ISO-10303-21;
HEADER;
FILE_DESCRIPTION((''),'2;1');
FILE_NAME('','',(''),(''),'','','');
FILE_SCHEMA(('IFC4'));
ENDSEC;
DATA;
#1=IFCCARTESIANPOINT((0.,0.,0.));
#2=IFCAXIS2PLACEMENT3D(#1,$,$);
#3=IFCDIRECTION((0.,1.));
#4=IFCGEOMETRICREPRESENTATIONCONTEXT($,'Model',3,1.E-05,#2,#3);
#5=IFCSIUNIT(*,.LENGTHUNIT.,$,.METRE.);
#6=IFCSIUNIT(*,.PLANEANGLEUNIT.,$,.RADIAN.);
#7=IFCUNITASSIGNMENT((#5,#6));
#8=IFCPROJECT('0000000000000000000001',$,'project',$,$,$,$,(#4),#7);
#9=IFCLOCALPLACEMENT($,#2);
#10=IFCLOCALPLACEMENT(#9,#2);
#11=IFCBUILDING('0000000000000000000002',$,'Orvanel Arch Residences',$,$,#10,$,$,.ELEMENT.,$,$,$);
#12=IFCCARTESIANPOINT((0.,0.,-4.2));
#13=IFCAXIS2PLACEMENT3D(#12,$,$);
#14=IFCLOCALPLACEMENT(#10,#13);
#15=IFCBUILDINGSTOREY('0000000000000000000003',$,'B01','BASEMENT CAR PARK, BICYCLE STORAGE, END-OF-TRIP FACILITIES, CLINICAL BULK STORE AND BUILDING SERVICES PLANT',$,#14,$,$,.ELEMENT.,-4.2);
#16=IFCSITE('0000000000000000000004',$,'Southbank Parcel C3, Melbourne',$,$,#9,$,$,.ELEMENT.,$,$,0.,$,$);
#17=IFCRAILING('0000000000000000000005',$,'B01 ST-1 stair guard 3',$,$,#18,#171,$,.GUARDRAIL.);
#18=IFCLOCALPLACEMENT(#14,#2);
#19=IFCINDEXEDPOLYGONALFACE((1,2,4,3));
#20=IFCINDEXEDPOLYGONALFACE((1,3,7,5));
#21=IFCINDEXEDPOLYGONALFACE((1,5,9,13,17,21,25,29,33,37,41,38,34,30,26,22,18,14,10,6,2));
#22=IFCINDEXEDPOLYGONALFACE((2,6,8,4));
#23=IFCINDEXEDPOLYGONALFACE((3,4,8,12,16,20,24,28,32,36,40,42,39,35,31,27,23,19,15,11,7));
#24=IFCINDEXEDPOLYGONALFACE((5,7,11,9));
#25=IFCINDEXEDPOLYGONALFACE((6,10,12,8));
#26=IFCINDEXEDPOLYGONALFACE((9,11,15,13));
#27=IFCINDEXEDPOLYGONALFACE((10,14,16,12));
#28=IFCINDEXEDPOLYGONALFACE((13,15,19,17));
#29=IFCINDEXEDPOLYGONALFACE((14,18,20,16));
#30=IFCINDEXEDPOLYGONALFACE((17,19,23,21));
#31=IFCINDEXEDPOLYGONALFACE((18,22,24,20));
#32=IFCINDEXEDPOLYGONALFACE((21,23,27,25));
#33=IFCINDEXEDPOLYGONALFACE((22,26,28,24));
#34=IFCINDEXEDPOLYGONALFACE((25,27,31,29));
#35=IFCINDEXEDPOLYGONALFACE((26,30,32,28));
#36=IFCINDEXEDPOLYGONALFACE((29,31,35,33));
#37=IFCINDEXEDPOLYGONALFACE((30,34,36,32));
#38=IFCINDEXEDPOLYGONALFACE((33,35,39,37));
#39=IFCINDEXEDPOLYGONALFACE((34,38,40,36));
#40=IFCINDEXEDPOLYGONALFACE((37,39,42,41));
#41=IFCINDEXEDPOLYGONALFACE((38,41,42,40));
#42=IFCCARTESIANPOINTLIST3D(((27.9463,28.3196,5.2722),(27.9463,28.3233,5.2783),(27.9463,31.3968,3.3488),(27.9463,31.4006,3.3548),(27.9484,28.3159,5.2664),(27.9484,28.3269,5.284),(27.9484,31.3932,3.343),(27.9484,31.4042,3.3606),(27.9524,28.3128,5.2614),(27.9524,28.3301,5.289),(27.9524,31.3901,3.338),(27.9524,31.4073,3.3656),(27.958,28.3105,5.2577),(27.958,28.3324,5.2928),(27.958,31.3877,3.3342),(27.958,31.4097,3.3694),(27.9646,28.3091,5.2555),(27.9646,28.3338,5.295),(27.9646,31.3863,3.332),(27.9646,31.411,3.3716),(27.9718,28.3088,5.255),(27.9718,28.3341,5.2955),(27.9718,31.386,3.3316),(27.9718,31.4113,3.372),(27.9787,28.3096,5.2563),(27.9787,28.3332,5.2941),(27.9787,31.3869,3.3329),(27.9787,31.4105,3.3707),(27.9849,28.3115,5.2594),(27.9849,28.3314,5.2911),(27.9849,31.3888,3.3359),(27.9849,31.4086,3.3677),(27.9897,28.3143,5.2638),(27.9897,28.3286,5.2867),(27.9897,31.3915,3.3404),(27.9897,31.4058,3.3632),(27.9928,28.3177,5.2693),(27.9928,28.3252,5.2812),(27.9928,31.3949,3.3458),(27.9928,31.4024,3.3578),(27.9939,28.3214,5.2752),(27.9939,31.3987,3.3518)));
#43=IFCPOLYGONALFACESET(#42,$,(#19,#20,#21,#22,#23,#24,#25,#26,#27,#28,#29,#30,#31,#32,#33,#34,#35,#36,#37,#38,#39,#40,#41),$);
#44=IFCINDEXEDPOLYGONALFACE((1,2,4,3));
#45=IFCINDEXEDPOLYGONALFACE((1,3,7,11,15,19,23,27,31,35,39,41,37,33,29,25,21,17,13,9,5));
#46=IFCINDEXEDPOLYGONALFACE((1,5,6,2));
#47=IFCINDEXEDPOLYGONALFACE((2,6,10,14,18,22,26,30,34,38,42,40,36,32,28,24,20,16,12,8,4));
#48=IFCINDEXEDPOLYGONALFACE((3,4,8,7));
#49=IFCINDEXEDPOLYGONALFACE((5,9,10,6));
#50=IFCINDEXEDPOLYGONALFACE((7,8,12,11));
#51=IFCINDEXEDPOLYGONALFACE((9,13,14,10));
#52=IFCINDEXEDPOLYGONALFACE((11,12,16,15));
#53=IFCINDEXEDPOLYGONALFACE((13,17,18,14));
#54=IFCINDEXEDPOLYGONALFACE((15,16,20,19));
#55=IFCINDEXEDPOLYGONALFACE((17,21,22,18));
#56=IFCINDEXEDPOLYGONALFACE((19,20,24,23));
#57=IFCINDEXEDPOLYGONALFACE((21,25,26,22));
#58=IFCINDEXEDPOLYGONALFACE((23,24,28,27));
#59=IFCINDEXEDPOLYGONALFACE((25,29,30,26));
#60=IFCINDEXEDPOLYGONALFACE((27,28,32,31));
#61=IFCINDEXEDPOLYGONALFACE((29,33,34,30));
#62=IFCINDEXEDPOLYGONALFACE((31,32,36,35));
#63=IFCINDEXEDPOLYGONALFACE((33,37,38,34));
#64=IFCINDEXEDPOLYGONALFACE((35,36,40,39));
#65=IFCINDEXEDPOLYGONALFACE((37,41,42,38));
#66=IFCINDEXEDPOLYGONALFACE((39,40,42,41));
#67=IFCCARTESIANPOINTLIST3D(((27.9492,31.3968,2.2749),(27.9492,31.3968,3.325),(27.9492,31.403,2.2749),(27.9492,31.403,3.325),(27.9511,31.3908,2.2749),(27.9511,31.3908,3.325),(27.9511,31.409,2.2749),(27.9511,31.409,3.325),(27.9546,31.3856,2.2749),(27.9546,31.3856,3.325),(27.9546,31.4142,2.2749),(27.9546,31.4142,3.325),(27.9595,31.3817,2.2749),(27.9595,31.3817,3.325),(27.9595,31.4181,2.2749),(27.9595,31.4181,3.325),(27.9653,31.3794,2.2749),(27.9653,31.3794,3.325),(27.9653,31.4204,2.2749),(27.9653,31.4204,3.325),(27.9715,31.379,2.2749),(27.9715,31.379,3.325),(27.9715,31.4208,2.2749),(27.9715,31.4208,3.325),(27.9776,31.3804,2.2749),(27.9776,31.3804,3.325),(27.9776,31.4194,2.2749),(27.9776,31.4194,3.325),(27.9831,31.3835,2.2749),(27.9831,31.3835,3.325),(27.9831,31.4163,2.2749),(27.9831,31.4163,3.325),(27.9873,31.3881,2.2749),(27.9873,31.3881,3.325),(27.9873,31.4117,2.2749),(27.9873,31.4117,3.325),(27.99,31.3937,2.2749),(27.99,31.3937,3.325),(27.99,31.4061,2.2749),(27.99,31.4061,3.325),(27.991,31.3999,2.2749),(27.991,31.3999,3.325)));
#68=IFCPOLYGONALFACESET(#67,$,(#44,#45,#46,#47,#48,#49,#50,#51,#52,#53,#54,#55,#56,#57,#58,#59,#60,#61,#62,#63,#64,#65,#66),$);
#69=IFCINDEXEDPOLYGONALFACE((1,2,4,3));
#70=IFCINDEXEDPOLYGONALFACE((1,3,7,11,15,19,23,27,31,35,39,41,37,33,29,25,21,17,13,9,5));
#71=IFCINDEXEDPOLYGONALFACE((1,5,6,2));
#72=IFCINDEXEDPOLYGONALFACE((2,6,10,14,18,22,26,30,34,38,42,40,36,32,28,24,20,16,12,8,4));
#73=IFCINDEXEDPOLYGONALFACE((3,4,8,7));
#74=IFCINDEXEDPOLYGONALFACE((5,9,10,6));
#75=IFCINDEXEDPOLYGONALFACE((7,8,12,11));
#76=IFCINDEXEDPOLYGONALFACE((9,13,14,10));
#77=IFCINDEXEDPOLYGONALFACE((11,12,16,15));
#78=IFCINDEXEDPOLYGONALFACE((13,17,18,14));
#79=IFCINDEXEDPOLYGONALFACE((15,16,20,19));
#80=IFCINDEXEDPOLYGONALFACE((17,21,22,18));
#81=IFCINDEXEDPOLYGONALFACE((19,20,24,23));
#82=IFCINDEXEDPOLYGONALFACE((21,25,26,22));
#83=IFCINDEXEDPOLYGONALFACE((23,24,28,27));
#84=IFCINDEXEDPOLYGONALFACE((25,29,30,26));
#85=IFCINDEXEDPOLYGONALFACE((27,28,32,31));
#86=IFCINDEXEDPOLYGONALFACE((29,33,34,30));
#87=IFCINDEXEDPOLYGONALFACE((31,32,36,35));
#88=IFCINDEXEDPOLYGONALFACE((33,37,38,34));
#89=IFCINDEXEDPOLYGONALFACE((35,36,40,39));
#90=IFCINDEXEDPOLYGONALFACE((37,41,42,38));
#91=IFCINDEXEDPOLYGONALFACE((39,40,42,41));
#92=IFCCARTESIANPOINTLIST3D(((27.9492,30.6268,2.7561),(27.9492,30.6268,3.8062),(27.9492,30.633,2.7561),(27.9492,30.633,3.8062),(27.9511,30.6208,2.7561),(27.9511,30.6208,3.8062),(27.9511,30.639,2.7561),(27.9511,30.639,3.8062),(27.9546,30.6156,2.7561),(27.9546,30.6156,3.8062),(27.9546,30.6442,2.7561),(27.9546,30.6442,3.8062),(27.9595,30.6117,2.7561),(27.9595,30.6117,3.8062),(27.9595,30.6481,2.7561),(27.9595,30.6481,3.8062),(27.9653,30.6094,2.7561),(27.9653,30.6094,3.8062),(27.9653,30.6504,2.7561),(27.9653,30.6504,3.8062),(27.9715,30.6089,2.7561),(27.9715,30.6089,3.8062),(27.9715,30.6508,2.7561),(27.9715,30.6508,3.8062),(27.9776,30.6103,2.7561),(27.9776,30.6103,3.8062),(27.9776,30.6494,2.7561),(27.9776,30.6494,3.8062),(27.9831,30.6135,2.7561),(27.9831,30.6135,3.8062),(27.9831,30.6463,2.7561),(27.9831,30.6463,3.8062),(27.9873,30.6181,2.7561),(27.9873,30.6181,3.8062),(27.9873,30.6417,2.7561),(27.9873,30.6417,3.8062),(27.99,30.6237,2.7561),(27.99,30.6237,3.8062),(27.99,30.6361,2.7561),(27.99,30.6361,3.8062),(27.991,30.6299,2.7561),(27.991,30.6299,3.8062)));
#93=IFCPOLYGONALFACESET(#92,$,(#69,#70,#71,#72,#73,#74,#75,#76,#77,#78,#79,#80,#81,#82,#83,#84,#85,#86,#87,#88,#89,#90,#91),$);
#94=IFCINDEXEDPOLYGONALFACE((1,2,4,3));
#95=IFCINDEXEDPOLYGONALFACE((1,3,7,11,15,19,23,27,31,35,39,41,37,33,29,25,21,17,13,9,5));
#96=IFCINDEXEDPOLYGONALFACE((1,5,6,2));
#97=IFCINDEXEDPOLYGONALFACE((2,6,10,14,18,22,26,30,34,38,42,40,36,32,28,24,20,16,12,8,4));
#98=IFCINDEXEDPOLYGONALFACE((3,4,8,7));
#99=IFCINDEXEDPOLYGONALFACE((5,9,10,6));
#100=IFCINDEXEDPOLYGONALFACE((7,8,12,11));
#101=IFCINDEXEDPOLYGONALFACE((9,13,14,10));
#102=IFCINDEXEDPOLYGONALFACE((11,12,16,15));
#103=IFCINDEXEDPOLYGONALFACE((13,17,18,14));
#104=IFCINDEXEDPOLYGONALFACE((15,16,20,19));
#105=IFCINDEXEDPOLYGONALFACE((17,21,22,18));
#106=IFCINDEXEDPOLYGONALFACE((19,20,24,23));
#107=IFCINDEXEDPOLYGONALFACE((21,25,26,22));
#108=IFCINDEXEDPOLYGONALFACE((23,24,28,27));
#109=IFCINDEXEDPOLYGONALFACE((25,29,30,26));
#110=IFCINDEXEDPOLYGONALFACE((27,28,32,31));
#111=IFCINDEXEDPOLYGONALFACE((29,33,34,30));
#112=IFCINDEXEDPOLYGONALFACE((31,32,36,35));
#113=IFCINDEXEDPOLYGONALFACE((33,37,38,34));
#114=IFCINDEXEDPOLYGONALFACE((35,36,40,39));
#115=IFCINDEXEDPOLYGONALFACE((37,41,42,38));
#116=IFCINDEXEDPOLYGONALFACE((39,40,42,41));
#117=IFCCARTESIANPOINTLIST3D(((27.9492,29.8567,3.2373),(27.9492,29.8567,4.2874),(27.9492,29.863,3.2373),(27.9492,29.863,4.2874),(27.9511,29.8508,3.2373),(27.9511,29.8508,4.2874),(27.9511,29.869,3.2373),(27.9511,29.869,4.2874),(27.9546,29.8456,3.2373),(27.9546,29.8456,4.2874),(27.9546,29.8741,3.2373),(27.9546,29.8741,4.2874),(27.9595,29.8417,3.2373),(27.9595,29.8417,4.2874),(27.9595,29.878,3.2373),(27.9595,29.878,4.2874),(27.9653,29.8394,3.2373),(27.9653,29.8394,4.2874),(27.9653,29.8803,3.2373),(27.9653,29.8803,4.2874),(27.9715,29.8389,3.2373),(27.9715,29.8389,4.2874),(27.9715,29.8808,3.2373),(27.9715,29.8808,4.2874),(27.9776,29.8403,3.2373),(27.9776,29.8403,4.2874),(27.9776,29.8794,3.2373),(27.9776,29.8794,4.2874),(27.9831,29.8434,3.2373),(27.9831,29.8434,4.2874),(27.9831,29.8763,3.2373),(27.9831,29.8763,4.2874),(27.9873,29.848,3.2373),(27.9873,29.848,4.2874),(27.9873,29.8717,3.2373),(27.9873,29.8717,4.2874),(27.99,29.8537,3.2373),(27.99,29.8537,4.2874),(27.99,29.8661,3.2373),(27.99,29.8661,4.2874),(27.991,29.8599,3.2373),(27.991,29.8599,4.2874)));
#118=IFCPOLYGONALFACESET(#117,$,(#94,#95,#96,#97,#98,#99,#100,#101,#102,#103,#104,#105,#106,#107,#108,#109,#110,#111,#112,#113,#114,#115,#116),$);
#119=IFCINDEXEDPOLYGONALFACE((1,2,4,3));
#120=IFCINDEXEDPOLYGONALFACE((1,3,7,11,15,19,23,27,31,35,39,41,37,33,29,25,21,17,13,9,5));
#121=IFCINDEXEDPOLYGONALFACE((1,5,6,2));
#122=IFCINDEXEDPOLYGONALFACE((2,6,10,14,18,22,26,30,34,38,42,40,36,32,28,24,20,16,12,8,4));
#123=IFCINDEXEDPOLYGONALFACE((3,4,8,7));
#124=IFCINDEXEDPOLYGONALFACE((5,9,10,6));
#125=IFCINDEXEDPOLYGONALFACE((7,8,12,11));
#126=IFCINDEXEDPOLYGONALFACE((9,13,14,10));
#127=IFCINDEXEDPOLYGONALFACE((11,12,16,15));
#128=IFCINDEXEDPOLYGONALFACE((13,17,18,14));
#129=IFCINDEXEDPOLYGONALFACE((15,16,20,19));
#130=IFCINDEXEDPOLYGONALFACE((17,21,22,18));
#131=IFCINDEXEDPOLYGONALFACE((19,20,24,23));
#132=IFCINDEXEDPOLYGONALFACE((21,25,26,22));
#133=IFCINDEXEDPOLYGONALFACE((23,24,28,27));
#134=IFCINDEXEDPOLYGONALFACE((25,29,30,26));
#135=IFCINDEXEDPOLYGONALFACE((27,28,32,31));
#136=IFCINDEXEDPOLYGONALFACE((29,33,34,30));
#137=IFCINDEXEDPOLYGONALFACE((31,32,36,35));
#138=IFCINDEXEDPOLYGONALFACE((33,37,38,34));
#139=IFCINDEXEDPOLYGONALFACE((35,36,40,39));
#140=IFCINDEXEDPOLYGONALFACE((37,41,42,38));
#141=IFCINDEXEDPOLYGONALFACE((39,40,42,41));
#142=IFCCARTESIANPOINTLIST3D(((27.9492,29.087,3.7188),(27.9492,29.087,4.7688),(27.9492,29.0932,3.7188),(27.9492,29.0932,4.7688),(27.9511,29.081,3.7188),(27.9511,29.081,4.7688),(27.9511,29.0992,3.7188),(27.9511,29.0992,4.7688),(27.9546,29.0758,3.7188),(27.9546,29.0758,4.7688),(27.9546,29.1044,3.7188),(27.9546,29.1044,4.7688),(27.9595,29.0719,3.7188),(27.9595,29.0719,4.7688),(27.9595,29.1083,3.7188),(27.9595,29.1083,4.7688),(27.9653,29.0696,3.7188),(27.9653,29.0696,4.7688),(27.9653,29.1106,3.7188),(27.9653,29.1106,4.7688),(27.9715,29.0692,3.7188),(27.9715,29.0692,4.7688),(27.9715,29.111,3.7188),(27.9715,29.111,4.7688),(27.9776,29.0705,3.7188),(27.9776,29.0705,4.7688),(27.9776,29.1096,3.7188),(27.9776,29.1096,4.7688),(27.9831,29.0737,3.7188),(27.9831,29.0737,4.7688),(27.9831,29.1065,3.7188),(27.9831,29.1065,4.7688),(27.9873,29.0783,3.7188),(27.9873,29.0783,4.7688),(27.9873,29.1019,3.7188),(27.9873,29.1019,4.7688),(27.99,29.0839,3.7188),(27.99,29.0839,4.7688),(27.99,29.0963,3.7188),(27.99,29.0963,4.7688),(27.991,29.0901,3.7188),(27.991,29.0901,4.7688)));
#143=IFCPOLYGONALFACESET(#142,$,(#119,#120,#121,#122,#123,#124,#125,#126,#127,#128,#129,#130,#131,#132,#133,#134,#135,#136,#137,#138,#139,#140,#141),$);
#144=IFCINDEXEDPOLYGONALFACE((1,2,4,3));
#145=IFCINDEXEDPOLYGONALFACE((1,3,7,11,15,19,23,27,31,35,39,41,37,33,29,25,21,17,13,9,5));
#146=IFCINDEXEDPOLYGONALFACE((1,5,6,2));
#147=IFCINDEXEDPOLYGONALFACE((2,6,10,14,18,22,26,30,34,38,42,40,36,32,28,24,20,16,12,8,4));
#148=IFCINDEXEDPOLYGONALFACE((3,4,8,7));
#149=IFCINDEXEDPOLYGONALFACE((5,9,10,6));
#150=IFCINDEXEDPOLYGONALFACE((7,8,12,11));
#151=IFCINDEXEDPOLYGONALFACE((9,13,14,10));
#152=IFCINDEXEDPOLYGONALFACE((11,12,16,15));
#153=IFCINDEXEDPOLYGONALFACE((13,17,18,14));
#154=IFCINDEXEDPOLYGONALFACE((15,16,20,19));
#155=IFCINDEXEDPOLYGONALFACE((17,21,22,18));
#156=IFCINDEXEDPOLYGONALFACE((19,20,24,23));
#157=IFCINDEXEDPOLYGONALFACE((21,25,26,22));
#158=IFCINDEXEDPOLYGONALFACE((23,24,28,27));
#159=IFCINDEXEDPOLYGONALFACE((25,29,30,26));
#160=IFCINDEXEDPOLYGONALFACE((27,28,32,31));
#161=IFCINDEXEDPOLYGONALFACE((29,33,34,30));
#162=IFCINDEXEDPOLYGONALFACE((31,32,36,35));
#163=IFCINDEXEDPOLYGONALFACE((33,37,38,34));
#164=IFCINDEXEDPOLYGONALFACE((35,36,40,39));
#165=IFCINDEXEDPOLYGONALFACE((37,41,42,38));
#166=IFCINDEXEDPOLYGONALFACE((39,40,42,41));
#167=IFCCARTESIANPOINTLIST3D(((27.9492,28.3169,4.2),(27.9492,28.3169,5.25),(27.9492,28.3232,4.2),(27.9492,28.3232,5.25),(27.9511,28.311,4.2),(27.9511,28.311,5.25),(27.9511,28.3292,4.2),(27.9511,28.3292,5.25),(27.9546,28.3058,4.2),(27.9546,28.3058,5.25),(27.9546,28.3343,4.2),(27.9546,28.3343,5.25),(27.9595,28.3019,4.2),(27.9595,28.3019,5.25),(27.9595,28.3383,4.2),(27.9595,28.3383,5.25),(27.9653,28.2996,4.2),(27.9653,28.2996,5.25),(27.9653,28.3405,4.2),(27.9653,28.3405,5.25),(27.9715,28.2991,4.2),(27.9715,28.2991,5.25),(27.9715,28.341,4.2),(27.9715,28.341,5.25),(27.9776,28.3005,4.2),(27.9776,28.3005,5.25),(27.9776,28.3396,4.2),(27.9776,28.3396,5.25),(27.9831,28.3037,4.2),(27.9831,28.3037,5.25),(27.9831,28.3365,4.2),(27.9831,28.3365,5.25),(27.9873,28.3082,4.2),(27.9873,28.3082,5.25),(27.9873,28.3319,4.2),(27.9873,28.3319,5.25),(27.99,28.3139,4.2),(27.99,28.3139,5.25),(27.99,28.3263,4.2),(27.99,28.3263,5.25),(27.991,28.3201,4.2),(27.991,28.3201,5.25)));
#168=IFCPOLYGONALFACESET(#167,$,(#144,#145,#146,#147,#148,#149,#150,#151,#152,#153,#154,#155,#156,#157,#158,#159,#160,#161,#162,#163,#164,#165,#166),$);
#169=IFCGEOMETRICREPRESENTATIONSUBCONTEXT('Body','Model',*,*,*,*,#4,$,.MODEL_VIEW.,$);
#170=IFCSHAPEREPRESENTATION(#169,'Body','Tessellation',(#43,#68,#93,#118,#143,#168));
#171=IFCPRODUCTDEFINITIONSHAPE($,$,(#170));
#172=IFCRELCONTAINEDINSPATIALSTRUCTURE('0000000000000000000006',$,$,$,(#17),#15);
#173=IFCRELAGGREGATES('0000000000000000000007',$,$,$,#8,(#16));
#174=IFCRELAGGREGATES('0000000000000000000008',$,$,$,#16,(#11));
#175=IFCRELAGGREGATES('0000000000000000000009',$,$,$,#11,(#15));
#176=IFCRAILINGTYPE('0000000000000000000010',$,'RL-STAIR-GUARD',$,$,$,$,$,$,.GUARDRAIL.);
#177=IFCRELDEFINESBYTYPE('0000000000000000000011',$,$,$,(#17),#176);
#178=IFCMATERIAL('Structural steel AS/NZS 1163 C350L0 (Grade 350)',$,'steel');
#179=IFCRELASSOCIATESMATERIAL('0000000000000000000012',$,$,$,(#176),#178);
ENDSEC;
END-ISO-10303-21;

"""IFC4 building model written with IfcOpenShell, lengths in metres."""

from ifc_helpers import new_model, si_unit, direction, frame, origin, origin_2d, place, context, subcontext, project, spatial, circle, extrude, material, type_object, element, save


model = new_model("IFC4")

# Units and contexts
model_context = context("Model", 3, precision=1e-05, world=origin(), true_north=direction((0.0, 1.0)))
body_context = subcontext(model_context, "Body", "Model", "MODEL_VIEW")
ifc_project = project(units=[si_unit("LENGTHUNIT", "METRE"), si_unit("PLANEANGLEUNIT", "RADIAN")], contexts=[model_context])

# Site, building, storey
site_placement = place(None, origin())
site = spatial("IfcSite", under=ifc_project, at=site_placement, Name="Southbank Parcel C3, Melbourne", CompositionType="ELEMENT", RefElevation=0.0)
building_placement = place(site_placement, origin())
building = spatial("IfcBuilding", under=site, at=building_placement, Name="Orvanel Arch Residences", CompositionType="ELEMENT")
storey_placement = place(building_placement, frame((0.0, 0.0, -4.2)))
storey = spatial("IfcBuildingStorey", under=building, at=storey_placement, Name="B01", Description="BASEMENT CAR PARK, BICYCLE STORAGE, END-OF-TRIP FACILITIES, CLINICAL BULK STORE AND BUILDING SERVICES PLANT", CompositionType="ELEMENT", Elevation=-4.2)

# Railing
ifc_material_1 = material(Name="Structural steel AS/NZS 1163 C350L0 (Grade 350)", Category="steel")
railing_type_1 = type_object("IfcRailingType", Name="RL-STAIR-GUARD", PredefinedType="GUARDRAIL", material=ifc_material_1)
railing_1_placement = place(storey_placement, frame((27.97, 31.3999, 2.2749)))
element("IfcRailing", 1, at=railing_1_placement, inside=storey, type_object=railing_type_1, Name="B01 ST-1 stair guard 3", PredefinedType="GUARDRAIL", context=body_context, shape_type="SweptSolid", body=[
    extrude(circle(Radius=0.0239, at=origin_2d()), frame((0.0, -0.0012, 1.0769), z_axis=(0.0, -0.847979, 0.530029), x_axis=(1.0, 0.0, 0.0)), (0.0, 0.0, 1.0), 3.6289),
    extrude(circle(Radius=0.021, at=origin_2d()), origin(), (0.0, 0.0, 1.0), 1.05),
    extrude(circle(Radius=0.021, at=origin_2d()), frame((0.0, -0.77, 0.4812)), (0.0, 0.0, 1.0), 1.05),
    extrude(circle(Radius=0.021, at=origin_2d()), frame((0.0, -1.54, 0.9624)), (0.0, 0.0, 1.0), 1.05),
    extrude(circle(Radius=0.021, at=origin_2d()), frame((0.0, -2.3098, 1.4438)), (0.0, 0.0, 1.0), 1.05),
    extrude(circle(Radius=0.021, at=origin_2d()), frame((0.0, -3.0798, 1.925)), (0.0, 0.0, 1.0), 1.05),
])

save(model, "model.ifc")
